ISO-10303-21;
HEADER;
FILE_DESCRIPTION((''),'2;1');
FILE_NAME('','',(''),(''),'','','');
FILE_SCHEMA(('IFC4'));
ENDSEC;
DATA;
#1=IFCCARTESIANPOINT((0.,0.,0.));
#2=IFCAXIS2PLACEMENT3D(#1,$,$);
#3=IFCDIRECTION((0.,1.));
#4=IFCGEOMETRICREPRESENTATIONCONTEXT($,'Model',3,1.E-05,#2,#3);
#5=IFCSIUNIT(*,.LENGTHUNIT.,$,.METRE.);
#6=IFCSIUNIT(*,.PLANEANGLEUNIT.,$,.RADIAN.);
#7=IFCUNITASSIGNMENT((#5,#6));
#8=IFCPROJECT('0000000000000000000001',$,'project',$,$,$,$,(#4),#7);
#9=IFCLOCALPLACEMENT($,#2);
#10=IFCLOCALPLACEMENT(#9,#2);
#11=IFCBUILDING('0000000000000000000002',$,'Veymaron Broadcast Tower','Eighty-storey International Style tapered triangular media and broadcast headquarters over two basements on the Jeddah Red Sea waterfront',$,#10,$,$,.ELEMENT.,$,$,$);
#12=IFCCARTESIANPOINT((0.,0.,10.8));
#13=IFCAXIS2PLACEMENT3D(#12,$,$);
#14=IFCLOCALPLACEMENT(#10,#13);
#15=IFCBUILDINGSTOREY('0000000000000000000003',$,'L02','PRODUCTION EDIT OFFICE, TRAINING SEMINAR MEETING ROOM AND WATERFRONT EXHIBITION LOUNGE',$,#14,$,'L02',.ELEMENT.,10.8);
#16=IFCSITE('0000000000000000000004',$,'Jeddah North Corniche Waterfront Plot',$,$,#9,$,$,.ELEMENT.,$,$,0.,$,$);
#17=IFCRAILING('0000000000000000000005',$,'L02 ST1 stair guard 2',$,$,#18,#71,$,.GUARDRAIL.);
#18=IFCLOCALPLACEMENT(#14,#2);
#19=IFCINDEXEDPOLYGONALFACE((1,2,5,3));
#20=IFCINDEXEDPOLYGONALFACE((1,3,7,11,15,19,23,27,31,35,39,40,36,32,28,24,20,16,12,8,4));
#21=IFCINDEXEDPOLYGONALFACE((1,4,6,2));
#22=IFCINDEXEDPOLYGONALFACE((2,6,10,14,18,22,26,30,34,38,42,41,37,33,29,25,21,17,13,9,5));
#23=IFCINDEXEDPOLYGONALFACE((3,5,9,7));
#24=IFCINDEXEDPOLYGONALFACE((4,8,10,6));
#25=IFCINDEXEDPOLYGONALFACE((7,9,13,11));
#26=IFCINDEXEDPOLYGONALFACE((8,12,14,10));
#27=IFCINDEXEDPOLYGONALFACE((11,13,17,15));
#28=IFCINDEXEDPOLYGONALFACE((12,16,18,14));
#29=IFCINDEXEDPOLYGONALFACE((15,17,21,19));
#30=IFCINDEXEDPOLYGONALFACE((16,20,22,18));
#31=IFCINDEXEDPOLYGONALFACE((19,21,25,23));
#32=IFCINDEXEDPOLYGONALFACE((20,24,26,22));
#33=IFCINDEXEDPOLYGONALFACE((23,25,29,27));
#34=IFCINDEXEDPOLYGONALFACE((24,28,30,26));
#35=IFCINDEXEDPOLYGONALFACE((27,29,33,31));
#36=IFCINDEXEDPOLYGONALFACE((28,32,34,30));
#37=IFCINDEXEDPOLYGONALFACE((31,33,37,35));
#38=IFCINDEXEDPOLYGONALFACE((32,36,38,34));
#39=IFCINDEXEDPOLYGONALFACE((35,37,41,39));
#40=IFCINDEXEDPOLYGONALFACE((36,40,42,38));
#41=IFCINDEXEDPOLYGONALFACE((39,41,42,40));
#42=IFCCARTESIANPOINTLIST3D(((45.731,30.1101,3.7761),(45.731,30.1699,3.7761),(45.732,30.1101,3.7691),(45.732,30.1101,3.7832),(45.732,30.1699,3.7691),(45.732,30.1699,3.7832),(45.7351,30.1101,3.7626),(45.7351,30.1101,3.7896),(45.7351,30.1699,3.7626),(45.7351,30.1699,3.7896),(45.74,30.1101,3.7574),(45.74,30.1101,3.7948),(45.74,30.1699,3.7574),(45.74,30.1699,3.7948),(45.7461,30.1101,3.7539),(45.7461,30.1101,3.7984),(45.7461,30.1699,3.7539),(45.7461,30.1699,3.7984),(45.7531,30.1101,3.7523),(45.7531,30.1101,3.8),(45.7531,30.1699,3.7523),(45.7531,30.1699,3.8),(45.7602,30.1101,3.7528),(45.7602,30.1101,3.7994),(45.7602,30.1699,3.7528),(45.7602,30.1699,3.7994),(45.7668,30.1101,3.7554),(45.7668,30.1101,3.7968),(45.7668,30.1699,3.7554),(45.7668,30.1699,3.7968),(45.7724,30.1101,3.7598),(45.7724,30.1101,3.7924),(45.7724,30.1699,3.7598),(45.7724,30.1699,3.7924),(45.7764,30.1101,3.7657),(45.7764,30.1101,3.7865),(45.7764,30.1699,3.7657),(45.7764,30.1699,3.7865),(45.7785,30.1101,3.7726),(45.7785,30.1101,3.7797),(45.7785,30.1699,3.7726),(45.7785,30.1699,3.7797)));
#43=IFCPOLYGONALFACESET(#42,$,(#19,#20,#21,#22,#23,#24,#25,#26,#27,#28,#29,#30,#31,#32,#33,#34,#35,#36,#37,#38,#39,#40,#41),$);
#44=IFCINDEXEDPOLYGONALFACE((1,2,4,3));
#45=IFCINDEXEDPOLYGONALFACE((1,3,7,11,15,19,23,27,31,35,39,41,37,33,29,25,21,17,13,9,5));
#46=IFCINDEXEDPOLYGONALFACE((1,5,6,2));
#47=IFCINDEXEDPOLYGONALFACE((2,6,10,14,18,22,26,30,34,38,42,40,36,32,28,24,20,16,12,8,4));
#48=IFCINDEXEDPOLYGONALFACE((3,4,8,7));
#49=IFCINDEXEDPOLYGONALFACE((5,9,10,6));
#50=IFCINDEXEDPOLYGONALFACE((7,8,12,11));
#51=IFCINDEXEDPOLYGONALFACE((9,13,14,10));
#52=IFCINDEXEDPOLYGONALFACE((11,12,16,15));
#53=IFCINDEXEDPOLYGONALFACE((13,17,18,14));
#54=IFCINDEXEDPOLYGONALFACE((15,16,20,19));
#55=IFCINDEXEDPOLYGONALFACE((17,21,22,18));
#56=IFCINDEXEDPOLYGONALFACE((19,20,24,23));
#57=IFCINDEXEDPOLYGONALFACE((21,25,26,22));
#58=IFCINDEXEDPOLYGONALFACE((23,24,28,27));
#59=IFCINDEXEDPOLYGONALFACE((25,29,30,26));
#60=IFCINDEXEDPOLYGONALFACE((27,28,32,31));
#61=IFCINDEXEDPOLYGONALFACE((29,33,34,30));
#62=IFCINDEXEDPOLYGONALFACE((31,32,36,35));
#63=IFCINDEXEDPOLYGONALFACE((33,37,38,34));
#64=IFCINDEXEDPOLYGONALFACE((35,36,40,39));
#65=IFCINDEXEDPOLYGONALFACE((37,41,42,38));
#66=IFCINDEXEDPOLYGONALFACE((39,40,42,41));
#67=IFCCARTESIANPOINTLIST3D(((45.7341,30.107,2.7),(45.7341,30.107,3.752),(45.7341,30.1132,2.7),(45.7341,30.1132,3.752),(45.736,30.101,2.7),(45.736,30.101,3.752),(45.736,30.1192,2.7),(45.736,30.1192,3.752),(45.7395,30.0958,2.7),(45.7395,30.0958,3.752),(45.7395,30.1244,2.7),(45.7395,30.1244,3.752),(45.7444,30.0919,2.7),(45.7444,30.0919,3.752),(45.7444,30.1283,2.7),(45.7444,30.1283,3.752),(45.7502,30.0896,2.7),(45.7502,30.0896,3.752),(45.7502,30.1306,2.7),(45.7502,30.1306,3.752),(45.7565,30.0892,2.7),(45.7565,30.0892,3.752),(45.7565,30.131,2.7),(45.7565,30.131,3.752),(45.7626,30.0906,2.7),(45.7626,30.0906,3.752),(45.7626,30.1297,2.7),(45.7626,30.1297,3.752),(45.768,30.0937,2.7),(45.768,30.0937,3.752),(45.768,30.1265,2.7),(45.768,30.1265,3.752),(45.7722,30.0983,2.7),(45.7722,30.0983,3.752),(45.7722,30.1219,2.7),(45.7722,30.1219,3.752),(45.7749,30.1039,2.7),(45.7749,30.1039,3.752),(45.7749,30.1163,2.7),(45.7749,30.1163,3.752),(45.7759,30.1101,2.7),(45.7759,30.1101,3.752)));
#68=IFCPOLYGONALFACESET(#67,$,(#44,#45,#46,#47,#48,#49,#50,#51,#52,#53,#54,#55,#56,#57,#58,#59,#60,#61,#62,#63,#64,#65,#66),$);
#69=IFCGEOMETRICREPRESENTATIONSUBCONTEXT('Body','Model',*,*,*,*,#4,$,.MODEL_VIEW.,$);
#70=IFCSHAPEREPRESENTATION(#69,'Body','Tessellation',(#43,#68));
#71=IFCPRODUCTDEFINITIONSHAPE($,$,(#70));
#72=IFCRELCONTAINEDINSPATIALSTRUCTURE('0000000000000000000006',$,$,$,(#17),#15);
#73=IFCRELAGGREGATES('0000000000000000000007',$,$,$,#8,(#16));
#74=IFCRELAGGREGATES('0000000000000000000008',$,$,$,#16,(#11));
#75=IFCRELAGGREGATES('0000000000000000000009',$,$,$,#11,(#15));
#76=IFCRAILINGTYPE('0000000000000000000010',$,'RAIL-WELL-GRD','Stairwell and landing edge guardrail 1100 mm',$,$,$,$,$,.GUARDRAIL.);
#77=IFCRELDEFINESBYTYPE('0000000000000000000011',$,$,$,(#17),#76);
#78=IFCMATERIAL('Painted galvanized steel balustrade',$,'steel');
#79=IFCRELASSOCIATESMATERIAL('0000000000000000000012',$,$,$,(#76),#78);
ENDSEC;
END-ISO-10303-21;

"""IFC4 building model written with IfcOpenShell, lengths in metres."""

from ifc_helpers import new_model, si_unit, direction, frame, origin, origin_2d, place, context, subcontext, project, spatial, circle, extrude, material, type_object, element, save


model = new_model("IFC4")

# Units and contexts
model_context = context("Model", 3, precision=1e-05, world=origin(), true_north=direction((0.0, 1.0)))
body_context = subcontext(model_context, "Body", "Model", "MODEL_VIEW")
ifc_project = project(units=[si_unit("LENGTHUNIT", "METRE"), si_unit("PLANEANGLEUNIT", "RADIAN")], contexts=[model_context])

# Site, building, storey
site_placement = place(None, origin())
site = spatial("IfcSite", under=ifc_project, at=site_placement, Name="Jeddah North Corniche Waterfront Plot", CompositionType="ELEMENT", RefElevation=0.0)
building_placement = place(site_placement, origin())
building = spatial("IfcBuilding", under=site, at=building_placement, Name="Veymaron Broadcast Tower", Description="Eighty-storey International Style tapered triangular media and broadcast headquarters over two basements on the Jeddah Red Sea waterfront", CompositionType="ELEMENT")
storey_placement = place(building_placement, frame((0.0, 0.0, 10.8)))
storey = spatial("IfcBuildingStorey", under=building, at=storey_placement, Name="L02", Description="PRODUCTION EDIT OFFICE, TRAINING SEMINAR MEETING ROOM AND WATERFRONT EXHIBITION LOUNGE", LongName="L02", CompositionType="ELEMENT", Elevation=10.8)

# Railing
ifc_material_1 = material(Name="Painted galvanized steel balustrade", Category="steel")
railing_type_1 = type_object("IfcRailingType", Name="RAIL-WELL-GRD", Description="Stairwell and landing edge guardrail 1100 mm", PredefinedType="GUARDRAIL", material=ifc_material_1)
railing_1_placement = place(storey_placement, frame((45.7549, 30.1101, 2.7)))
element("IfcRailing", 1, at=railing_1_placement, inside=storey, type_object=railing_type_1, Name="L02 ST1 stair guard 2", PredefinedType="GUARDRAIL", context=body_context, shape_type="SweptSolid", body=[
    extrude(circle(Radius=0.0239, at=origin_2d()), frame((0.0, 0.0, 1.0762), z_axis=(0.0, 1.0, 0.0), x_axis=(-1.0, 0.0, 0.0)), (0.0, 0.0, 1.0), 0.0598),
    extrude(circle(Radius=0.021, at=origin_2d()), origin(), (0.0, 0.0, 1.0), 1.052),
])

save(model, "model.ifc")
